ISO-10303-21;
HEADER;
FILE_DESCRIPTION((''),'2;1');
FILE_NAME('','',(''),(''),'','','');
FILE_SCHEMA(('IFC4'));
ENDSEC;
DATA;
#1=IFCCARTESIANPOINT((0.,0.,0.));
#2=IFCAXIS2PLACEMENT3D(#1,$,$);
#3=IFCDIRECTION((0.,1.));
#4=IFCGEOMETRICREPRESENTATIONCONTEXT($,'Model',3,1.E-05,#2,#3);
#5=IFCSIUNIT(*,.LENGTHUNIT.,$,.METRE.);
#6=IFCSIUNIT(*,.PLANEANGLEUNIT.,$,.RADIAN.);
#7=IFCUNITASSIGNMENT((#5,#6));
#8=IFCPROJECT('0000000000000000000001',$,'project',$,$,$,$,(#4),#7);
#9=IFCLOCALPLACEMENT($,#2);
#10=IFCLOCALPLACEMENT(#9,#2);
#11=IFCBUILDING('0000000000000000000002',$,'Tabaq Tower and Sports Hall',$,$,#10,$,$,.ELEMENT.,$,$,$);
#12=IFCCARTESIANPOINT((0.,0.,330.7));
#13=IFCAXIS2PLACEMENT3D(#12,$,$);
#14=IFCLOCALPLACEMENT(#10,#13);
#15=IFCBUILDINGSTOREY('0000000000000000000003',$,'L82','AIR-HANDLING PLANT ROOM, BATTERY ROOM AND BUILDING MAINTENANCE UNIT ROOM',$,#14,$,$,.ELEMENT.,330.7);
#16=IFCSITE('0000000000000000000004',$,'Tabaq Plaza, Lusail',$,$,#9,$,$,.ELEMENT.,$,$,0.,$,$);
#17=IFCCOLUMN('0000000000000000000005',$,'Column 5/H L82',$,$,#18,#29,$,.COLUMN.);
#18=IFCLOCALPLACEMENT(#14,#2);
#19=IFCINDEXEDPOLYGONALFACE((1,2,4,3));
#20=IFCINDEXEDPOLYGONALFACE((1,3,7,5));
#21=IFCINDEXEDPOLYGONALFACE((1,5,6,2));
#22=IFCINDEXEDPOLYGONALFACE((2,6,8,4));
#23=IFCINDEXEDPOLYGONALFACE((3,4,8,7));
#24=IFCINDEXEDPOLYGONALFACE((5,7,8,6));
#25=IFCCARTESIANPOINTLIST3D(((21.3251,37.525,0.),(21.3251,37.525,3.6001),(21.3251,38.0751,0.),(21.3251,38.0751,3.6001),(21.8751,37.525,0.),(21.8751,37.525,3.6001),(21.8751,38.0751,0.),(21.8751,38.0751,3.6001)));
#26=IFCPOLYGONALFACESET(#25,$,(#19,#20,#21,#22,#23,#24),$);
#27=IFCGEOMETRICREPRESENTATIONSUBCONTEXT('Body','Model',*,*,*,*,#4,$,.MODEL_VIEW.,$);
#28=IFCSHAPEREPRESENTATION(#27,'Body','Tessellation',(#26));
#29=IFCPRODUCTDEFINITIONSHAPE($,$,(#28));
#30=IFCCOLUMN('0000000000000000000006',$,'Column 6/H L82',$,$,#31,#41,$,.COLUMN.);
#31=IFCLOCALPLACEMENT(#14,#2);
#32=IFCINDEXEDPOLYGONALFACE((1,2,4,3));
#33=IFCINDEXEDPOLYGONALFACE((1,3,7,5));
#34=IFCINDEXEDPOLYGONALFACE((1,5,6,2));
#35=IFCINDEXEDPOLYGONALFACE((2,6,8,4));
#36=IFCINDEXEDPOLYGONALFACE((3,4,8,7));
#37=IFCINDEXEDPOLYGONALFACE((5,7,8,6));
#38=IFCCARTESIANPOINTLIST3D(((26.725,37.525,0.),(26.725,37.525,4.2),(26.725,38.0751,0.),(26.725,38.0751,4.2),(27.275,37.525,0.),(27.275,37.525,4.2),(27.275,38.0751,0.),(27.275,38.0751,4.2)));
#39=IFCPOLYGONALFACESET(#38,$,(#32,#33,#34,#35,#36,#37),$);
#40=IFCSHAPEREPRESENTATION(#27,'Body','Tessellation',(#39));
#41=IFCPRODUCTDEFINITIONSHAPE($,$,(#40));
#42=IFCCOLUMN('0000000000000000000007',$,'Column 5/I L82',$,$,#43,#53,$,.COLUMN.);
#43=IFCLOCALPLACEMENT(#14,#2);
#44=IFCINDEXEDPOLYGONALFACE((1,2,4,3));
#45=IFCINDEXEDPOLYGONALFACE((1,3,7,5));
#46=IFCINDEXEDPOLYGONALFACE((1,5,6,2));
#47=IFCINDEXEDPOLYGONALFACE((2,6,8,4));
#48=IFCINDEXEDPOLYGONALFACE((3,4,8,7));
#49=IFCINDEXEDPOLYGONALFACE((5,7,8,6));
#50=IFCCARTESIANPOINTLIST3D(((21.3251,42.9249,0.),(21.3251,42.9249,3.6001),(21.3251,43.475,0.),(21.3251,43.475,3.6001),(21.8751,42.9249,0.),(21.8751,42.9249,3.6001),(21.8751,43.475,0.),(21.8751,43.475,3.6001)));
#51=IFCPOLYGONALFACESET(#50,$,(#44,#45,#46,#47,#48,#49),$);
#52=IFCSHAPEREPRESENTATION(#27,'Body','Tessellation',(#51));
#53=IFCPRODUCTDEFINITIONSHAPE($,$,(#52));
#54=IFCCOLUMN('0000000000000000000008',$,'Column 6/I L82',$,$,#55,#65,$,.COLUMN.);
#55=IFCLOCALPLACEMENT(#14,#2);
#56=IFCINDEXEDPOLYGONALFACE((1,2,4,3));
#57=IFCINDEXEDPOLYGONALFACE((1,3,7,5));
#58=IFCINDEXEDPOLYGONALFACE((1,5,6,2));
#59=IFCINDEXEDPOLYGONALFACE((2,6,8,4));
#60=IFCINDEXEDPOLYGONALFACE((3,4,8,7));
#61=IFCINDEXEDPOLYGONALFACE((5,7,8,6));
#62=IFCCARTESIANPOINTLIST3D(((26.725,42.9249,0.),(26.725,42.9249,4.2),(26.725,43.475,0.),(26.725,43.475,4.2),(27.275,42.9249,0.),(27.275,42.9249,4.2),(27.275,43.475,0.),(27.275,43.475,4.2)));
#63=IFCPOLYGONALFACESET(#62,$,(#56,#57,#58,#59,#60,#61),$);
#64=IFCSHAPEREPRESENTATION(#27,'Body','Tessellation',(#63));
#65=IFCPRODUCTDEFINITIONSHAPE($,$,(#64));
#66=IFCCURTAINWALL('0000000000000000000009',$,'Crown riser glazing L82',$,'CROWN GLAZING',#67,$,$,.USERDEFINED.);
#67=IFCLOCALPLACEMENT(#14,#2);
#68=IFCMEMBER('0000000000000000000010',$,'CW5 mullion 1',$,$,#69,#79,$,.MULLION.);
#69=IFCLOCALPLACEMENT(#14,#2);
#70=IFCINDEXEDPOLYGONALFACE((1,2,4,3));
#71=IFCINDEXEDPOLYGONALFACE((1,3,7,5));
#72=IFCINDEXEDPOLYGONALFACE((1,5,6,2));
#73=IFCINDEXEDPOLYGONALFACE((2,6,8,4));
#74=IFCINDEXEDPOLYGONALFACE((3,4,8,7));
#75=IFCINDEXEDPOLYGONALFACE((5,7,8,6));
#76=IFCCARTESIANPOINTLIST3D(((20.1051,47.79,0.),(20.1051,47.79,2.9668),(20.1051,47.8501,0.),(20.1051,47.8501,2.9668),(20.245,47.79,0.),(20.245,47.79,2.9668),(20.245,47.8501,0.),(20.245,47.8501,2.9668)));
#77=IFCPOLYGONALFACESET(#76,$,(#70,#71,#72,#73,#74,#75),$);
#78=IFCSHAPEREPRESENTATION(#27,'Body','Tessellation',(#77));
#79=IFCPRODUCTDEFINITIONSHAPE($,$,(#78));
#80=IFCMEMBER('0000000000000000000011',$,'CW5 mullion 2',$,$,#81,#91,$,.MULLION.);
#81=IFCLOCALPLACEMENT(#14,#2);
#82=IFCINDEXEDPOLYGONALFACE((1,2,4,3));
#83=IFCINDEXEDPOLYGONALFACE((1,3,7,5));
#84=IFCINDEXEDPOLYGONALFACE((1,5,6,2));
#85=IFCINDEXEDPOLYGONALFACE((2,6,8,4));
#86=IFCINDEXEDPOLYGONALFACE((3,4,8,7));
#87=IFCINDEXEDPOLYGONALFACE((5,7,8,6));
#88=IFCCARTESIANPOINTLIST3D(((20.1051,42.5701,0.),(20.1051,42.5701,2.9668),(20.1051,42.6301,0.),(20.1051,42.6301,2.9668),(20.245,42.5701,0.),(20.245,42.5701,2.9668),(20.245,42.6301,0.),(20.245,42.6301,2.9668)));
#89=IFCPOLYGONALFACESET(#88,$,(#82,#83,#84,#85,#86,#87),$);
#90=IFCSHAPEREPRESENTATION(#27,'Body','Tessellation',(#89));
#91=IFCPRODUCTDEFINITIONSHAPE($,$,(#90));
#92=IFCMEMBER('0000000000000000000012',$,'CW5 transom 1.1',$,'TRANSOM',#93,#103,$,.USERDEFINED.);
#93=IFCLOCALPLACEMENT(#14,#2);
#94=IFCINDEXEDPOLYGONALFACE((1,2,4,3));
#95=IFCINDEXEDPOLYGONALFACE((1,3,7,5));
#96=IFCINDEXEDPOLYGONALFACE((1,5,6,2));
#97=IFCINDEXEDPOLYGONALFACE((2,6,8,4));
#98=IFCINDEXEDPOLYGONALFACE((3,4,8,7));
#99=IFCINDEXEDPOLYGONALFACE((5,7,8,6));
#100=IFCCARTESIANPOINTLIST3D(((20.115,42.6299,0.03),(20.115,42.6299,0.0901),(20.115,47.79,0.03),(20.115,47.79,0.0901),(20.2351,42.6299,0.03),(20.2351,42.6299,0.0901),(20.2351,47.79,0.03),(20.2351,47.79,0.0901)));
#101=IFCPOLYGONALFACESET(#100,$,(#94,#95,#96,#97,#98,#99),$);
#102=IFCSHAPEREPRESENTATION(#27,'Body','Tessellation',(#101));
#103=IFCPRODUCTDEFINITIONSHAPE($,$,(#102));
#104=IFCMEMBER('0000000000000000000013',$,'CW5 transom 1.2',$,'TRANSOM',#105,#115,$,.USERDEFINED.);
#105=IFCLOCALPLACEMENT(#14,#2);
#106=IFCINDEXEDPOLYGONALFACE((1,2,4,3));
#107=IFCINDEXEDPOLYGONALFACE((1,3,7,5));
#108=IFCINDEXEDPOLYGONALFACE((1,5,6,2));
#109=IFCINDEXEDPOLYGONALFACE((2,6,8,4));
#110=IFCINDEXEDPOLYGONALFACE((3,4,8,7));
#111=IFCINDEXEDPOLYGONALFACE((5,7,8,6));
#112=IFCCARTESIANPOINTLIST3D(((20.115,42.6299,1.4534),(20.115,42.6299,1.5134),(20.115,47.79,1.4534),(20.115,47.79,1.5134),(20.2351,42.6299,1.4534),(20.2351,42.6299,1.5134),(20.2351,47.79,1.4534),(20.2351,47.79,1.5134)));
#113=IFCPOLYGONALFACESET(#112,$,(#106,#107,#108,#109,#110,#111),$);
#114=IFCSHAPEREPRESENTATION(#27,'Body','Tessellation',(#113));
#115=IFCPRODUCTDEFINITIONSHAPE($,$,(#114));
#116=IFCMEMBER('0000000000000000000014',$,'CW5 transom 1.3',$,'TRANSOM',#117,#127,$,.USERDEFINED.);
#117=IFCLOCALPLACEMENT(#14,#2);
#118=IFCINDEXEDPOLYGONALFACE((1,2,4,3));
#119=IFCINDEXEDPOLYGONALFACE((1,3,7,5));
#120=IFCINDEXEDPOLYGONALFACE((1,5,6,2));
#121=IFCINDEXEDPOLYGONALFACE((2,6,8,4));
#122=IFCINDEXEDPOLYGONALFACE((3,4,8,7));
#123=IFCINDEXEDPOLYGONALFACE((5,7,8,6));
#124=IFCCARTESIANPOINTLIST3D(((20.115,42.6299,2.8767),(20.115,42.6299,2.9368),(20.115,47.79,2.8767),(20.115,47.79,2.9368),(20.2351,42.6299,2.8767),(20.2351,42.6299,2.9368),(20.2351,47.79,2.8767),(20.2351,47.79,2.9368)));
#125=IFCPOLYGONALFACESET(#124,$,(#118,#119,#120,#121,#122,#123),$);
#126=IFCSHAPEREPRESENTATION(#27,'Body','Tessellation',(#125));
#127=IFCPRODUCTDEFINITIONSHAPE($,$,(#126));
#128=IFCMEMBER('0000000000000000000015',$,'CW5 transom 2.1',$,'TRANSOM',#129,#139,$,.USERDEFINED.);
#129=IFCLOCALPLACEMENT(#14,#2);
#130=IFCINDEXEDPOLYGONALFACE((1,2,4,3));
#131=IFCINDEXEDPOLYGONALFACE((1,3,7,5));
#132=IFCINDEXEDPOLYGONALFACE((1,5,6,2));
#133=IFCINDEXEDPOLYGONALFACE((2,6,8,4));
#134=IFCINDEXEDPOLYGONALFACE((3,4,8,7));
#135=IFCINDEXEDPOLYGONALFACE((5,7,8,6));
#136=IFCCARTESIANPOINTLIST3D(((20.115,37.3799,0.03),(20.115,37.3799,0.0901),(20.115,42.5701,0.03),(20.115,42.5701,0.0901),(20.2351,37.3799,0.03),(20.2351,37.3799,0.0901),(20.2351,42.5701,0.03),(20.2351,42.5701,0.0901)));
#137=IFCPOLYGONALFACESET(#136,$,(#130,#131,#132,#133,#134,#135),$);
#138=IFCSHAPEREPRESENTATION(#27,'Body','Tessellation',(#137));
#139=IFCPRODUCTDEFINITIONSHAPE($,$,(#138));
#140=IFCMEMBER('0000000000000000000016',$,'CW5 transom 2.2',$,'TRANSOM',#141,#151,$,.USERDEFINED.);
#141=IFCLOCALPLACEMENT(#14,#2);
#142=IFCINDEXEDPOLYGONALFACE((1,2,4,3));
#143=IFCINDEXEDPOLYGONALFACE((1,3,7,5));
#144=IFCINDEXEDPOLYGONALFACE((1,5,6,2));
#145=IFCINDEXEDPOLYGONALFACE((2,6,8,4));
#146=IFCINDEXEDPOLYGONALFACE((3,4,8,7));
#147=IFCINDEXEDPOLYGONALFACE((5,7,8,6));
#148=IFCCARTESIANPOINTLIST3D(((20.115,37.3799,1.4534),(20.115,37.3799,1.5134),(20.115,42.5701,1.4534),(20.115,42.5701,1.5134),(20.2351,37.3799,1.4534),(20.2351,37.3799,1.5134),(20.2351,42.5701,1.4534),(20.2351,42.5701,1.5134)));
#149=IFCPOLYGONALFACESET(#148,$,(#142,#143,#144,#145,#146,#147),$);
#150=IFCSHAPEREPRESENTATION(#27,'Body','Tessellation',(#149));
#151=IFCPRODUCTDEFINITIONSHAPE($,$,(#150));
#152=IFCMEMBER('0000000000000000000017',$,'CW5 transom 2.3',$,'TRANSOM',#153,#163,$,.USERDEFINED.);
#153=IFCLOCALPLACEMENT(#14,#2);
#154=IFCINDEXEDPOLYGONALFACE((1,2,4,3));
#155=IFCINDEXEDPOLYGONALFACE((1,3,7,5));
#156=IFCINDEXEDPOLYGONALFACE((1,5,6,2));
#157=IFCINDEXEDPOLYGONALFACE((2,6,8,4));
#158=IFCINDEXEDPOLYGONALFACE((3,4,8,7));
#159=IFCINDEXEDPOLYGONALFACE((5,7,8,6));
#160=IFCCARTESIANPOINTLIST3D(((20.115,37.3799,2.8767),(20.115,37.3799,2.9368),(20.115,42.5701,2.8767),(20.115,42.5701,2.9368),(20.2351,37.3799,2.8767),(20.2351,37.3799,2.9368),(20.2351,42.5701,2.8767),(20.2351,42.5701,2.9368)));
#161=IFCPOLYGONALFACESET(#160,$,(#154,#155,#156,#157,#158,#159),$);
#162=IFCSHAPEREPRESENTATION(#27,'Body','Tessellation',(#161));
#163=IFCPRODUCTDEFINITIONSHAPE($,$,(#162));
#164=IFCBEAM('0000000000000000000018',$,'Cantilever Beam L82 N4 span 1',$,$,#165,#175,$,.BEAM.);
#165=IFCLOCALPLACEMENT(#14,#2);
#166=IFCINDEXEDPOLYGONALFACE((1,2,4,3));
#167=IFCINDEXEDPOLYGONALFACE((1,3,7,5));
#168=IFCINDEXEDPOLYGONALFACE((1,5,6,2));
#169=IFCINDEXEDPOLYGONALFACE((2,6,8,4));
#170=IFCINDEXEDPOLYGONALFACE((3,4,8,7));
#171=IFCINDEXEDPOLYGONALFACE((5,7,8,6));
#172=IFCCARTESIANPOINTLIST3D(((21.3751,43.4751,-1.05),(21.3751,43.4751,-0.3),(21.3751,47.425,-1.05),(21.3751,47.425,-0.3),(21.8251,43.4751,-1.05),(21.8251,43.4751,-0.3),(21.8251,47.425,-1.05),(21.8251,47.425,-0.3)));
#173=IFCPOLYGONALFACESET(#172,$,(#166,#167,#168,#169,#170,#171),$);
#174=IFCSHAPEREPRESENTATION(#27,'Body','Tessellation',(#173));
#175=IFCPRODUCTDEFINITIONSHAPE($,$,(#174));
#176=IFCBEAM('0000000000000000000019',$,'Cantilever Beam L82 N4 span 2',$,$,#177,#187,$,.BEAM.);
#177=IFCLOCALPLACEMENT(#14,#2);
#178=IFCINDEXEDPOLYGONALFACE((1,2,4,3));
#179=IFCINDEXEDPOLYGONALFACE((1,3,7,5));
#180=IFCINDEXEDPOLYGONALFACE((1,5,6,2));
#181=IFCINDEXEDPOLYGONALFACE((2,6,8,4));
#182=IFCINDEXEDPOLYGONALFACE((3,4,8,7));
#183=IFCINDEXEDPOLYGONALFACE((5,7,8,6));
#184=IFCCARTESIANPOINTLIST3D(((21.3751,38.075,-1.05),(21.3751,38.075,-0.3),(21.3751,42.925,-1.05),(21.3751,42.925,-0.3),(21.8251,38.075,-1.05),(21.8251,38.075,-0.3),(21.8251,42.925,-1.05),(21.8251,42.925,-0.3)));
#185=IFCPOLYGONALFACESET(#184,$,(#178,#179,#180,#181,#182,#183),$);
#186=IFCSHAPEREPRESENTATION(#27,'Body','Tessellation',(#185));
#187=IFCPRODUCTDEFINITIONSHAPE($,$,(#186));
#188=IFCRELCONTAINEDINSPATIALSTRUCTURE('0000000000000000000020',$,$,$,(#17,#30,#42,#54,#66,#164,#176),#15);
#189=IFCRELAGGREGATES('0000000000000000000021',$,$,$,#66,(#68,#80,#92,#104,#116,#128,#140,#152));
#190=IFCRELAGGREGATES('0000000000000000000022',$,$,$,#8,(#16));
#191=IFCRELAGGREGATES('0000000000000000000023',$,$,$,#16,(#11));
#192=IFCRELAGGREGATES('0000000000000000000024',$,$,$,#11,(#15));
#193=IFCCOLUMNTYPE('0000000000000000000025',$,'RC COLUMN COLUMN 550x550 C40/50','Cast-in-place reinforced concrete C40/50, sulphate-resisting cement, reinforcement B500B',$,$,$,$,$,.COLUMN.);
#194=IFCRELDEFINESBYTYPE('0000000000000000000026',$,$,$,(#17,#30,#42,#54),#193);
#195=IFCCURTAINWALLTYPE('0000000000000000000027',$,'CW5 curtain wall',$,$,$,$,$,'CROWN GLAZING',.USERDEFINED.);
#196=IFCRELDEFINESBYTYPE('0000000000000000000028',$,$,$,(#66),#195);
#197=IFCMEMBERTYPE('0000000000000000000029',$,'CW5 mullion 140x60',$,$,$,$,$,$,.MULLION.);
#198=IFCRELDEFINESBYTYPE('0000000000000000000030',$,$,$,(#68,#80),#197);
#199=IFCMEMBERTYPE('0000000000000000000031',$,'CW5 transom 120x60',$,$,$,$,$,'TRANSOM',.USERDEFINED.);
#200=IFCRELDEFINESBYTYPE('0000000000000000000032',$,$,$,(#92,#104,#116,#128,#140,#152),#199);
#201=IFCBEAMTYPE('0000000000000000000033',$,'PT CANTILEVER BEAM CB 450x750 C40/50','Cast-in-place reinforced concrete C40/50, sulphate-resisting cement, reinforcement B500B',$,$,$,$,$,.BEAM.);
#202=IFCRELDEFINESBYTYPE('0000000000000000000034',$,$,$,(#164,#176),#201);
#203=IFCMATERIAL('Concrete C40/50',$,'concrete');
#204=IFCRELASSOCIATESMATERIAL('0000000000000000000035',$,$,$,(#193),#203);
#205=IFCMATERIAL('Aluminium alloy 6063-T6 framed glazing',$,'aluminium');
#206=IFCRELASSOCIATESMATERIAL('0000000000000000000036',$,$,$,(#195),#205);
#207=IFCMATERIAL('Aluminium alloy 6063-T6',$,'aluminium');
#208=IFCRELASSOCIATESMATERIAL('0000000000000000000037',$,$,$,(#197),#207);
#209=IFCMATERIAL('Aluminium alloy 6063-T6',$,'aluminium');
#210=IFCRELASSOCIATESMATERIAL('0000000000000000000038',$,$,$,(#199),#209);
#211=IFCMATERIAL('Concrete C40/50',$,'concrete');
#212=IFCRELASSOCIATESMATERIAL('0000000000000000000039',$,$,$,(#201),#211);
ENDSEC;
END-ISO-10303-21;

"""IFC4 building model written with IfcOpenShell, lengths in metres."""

from ifc_helpers import new_model, si_unit, direction, frame, origin, origin_2d, place, context, subcontext, project, spatial, rectangle, extrude, material, material_profile, profile_set, type_object, element, aggregate, save


model = new_model("IFC4")

# Units and contexts
model_context = context("Model", 3, precision=1e-05, world=origin(), true_north=direction((0.0, 1.0)))
body_context = subcontext(model_context, "Body", "Model", "MODEL_VIEW")
ifc_project = project(units=[si_unit("LENGTHUNIT", "METRE"), si_unit("PLANEANGLEUNIT", "RADIAN")], contexts=[model_context])

# Site, building, storey
site_placement = place(None, origin())
site = spatial("IfcSite", under=ifc_project, at=site_placement, Name="Tabaq Plaza, Lusail", CompositionType="ELEMENT", RefElevation=0.0)
building_placement = place(site_placement, origin())
building = spatial("IfcBuilding", under=site, at=building_placement, Name="Tabaq Tower and Sports Hall", CompositionType="ELEMENT")
storey_placement = place(building_placement, frame((0.0, 0.0, 330.7)))
storey = spatial("IfcBuildingStorey", under=building, at=storey_placement, Name="L82", Description="AIR-HANDLING PLANT ROOM, BATTERY ROOM AND BUILDING MAINTENANCE UNIT ROOM", CompositionType="ELEMENT", Elevation=330.7)

# Columns
ifc_material_1 = material(Name="Concrete C40/50", Category="concrete")
ifc_material_profile_1 = material_profile(ifc_material_1, rectangle(XDim=0.55, YDim=0.55, at=origin_2d()), Name="COLUMN 550x550")
ifc_profile_set_1 = profile_set([ifc_material_profile_1], Name="Concrete C40/50")
column_type = type_object("IfcColumnType", Name="RC COLUMN COLUMN 550x550 C40/50", Description="Cast-in-place reinforced concrete C40/50, sulphate-resisting cement, reinforcement B500B", PredefinedType="COLUMN", material=ifc_profile_set_1)
column_1_placement = place(storey_placement, frame((21.6001, 37.8, 0.0), z_axis=(0.0, 0.0, 1.0), x_axis=(1.0, 0.0, 0.0)))
element("IfcColumn", 1, at=column_1_placement, inside=storey, type_object=column_type, Name="Column 5/H L82", PredefinedType="COLUMN", context=body_context, shape_type="SweptSolid", body=[
    extrude(rectangle(XDim=0.55, YDim=0.55, at=origin_2d()), origin(), (0.0, 0.0, 1.0), 3.6001),
])
column_2_placement = place(storey_placement, frame((27.0, 37.8, 0.0), z_axis=(0.0, 0.0, 1.0), x_axis=(1.0, 0.0, 0.0)))
element("IfcColumn", 2, at=column_2_placement, inside=storey, type_object=column_type, Name="Column 6/H L82", PredefinedType="COLUMN", context=body_context, shape_type="SweptSolid", body=[
    extrude(rectangle(XDim=0.55, YDim=0.55, at=origin_2d()), origin(), (0.0, 0.0, 1.0), 4.2),
])
column_3_placement = place(storey_placement, frame((21.6001, 43.2, 0.0), z_axis=(0.0, 0.0, 1.0), x_axis=(1.0, 0.0, 0.0)))
element("IfcColumn", 3, at=column_3_placement, inside=storey, type_object=column_type, Name="Column 5/I L82", PredefinedType="COLUMN", context=body_context, shape_type="SweptSolid", body=[
    extrude(rectangle(XDim=0.55, YDim=0.55, at=origin_2d()), origin(), (0.0, 0.0, 1.0), 3.6001),
])
column_4_placement = place(storey_placement, frame((27.0, 43.2, 0.0), z_axis=(0.0, 0.0, 1.0), x_axis=(1.0, 0.0, 0.0)))
element("IfcColumn", 4, at=column_4_placement, inside=storey, type_object=column_type, Name="Column 6/I L82", PredefinedType="COLUMN", context=body_context, shape_type="SweptSolid", body=[
    extrude(rectangle(XDim=0.55, YDim=0.55, at=origin_2d()), origin(), (0.0, 0.0, 1.0), 4.2),
])

# Curtain wall, members
ifc_material_2 = material(Name="Aluminium alloy 6063-T6 framed glazing", Category="aluminium")
curtain_wall_type = type_object("IfcCurtainWallType", Name="CW5 curtain wall", ElementType="CROWN GLAZING", PredefinedType="USERDEFINED", material=ifc_material_2)
curtain_wall_placement = place(storey_placement, origin())
curtain_wall = element("IfcCurtainWall", 5, at=curtain_wall_placement, inside=storey, type_object=curtain_wall_type, Name="Crown riser glazing L82", ObjectType="CROWN GLAZING", PredefinedType="USERDEFINED")
ifc_material_3 = material(Name="Aluminium alloy 6063-T6", Category="aluminium")
ifc_material_profile_2 = material_profile(ifc_material_3, rectangle(XDim=0.1399, YDim=0.0601, at=origin_2d()), Name="MULLION 140x60")
ifc_profile_set_2 = profile_set([ifc_material_profile_2], Name="Aluminium alloy 6063-T6")
member_type_1 = type_object("IfcMemberType", Name="CW5 mullion 140x60", PredefinedType="MULLION", material=ifc_profile_set_2)
member_1_placement = place(storey_placement, frame((20.175, 47.8201, 0.0), z_axis=(0.0, 0.0, 1.0), x_axis=(1.0, 0.0, 0.0)))
member_1 = element("IfcMember", 6, at=member_1_placement, type_object=member_type_1, Name="CW5 mullion 1", PredefinedType="MULLION", context=body_context, shape_type="SweptSolid", body=[
    extrude(rectangle(XDim=0.1399, YDim=0.0601, at=origin_2d()), origin(), (0.0, 0.0, 1.0), 2.9668),
])
member_2_placement = place(storey_placement, frame((20.175, 42.6001, 0.0), z_axis=(0.0, 0.0, 1.0), x_axis=(1.0, 0.0, 0.0)))
member_2 = element("IfcMember", 7, at=member_2_placement, type_object=member_type_1, Name="CW5 mullion 2", PredefinedType="MULLION", context=body_context, shape_type="SweptSolid", body=[
    extrude(rectangle(XDim=0.1399, YDim=0.0601, at=origin_2d()), origin(), (0.0, 0.0, 1.0), 2.9668),
])
ifc_material_4 = material(Name="Aluminium alloy 6063-T6", Category="aluminium")
ifc_material_profile_3 = material_profile(ifc_material_4, rectangle(XDim=0.1201, YDim=0.0601, at=origin_2d()), Name="TRANSOM 120x60")
ifc_profile_set_3 = profile_set([ifc_material_profile_3], Name="Aluminium alloy 6063-T6")
member_type_2 = type_object("IfcMemberType", Name="CW5 transom 120x60", ElementType="TRANSOM", PredefinedType="USERDEFINED", material=ifc_profile_set_3)
member_3_placement = place(storey_placement, frame((20.175, 47.79, 0.0601), z_axis=(0.0, -1.0, 0.0), x_axis=(1.0, 0.0, 0.0)))
member_3 = element("IfcMember", 8, at=member_3_placement, type_object=member_type_2, Name="CW5 transom 1.1", ObjectType="TRANSOM", PredefinedType="USERDEFINED", context=body_context, shape_type="SweptSolid", body=[
    extrude(rectangle(XDim=0.1201, YDim=0.0601, at=origin_2d()), origin(), (0.0, 0.0, 1.0), 5.1602),
])
member_4_placement = place(storey_placement, frame((20.175, 47.79, 1.4834), z_axis=(0.0, -1.0, 0.0), x_axis=(1.0, 0.0, 0.0)))
member_4 = element("IfcMember", 9, at=member_4_placement, type_object=member_type_2, Name="CW5 transom 1.2", ObjectType="TRANSOM", PredefinedType="USERDEFINED", context=body_context, shape_type="SweptSolid", body=[
    extrude(rectangle(XDim=0.1201, YDim=0.0601, at=origin_2d()), origin(), (0.0, 0.0, 1.0), 5.1602),
])
member_5_placement = place(storey_placement, frame((20.175, 47.79, 2.9067), z_axis=(0.0, -1.0, 0.0), x_axis=(1.0, 0.0, 0.0)))
member_5 = element("IfcMember", 10, at=member_5_placement, type_object=member_type_2, Name="CW5 transom 1.3", ObjectType="TRANSOM", PredefinedType="USERDEFINED", context=body_context, shape_type="SweptSolid", body=[
    extrude(rectangle(XDim=0.1201, YDim=0.0601, at=origin_2d()), origin(), (0.0, 0.0, 1.0), 5.1602),
])
member_6_placement = place(storey_placement, frame((20.175, 42.5701, 0.0601), z_axis=(0.0, -1.0, 0.0), x_axis=(1.0, 0.0, 0.0)))
member_6 = element("IfcMember", 11, at=member_6_placement, type_object=member_type_2, Name="CW5 transom 2.1", ObjectType="TRANSOM", PredefinedType="USERDEFINED", context=body_context, shape_type="SweptSolid", body=[
    extrude(rectangle(XDim=0.1201, YDim=0.0601, at=origin_2d()), origin(), (0.0, 0.0, 1.0), 5.1902),
])
member_7_placement = place(storey_placement, frame((20.175, 42.5701, 1.4834), z_axis=(0.0, -1.0, 0.0), x_axis=(1.0, 0.0, 0.0)))
member_7 = element("IfcMember", 12, at=member_7_placement, type_object=member_type_2, Name="CW5 transom 2.2", ObjectType="TRANSOM", PredefinedType="USERDEFINED", context=body_context, shape_type="SweptSolid", body=[
    extrude(rectangle(XDim=0.1201, YDim=0.0601, at=origin_2d()), origin(), (0.0, 0.0, 1.0), 5.1902),
])
member_8_placement = place(storey_placement, frame((20.175, 42.5701, 2.9067), z_axis=(0.0, -1.0, 0.0), x_axis=(1.0, 0.0, 0.0)))
member_8 = element("IfcMember", 13, at=member_8_placement, type_object=member_type_2, Name="CW5 transom 2.3", ObjectType="TRANSOM", PredefinedType="USERDEFINED", context=body_context, shape_type="SweptSolid", body=[
    extrude(rectangle(XDim=0.1201, YDim=0.0601, at=origin_2d()), origin(), (0.0, 0.0, 1.0), 5.1902),
])

# Beams
ifc_material_5 = material(Name="Concrete C40/50", Category="concrete")
ifc_material_profile_4 = material_profile(ifc_material_5, rectangle(XDim=0.45, YDim=0.75, at=origin_2d()), Name="CB 450x750")
ifc_profile_set_4 = profile_set([ifc_material_profile_4], Name="Concrete C40/50")
beam_type = type_object("IfcBeamType", Name="PT CANTILEVER BEAM CB 450x750 C40/50", Description="Cast-in-place reinforced concrete C40/50, sulphate-resisting cement, reinforcement B500B", PredefinedType="BEAM", material=ifc_profile_set_4)
beam_1_placement = place(storey_placement, frame((21.6001, 47.425, -0.675), z_axis=(0.0, -1.0, 0.0), x_axis=(1.0, 0.0, 0.0)))
element("IfcBeam", 14, at=beam_1_placement, inside=storey, type_object=beam_type, Name="Cantilever Beam L82 N4 span 1", PredefinedType="BEAM", context=body_context, shape_type="SweptSolid", body=[
    extrude(rectangle(XDim=0.45, YDim=0.75, at=origin_2d()), origin(), (0.0, 0.0, 1.0), 3.95),
])
beam_2_placement = place(storey_placement, frame((21.6001, 42.925, -0.675), z_axis=(0.0, -1.0, 0.0), x_axis=(1.0, 0.0, 0.0)))
element("IfcBeam", 15, at=beam_2_placement, inside=storey, type_object=beam_type, Name="Cantilever Beam L82 N4 span 2", PredefinedType="BEAM", context=body_context, shape_type="SweptSolid", body=[
    extrude(rectangle(XDim=0.45, YDim=0.75, at=origin_2d()), origin(), (0.0, 0.0, 1.0), 4.8501),
])

aggregate(curtain_wall, [member_1, member_2, member_3, member_4, member_5, member_6, member_7, member_8])

save(model, "model.ifc")
